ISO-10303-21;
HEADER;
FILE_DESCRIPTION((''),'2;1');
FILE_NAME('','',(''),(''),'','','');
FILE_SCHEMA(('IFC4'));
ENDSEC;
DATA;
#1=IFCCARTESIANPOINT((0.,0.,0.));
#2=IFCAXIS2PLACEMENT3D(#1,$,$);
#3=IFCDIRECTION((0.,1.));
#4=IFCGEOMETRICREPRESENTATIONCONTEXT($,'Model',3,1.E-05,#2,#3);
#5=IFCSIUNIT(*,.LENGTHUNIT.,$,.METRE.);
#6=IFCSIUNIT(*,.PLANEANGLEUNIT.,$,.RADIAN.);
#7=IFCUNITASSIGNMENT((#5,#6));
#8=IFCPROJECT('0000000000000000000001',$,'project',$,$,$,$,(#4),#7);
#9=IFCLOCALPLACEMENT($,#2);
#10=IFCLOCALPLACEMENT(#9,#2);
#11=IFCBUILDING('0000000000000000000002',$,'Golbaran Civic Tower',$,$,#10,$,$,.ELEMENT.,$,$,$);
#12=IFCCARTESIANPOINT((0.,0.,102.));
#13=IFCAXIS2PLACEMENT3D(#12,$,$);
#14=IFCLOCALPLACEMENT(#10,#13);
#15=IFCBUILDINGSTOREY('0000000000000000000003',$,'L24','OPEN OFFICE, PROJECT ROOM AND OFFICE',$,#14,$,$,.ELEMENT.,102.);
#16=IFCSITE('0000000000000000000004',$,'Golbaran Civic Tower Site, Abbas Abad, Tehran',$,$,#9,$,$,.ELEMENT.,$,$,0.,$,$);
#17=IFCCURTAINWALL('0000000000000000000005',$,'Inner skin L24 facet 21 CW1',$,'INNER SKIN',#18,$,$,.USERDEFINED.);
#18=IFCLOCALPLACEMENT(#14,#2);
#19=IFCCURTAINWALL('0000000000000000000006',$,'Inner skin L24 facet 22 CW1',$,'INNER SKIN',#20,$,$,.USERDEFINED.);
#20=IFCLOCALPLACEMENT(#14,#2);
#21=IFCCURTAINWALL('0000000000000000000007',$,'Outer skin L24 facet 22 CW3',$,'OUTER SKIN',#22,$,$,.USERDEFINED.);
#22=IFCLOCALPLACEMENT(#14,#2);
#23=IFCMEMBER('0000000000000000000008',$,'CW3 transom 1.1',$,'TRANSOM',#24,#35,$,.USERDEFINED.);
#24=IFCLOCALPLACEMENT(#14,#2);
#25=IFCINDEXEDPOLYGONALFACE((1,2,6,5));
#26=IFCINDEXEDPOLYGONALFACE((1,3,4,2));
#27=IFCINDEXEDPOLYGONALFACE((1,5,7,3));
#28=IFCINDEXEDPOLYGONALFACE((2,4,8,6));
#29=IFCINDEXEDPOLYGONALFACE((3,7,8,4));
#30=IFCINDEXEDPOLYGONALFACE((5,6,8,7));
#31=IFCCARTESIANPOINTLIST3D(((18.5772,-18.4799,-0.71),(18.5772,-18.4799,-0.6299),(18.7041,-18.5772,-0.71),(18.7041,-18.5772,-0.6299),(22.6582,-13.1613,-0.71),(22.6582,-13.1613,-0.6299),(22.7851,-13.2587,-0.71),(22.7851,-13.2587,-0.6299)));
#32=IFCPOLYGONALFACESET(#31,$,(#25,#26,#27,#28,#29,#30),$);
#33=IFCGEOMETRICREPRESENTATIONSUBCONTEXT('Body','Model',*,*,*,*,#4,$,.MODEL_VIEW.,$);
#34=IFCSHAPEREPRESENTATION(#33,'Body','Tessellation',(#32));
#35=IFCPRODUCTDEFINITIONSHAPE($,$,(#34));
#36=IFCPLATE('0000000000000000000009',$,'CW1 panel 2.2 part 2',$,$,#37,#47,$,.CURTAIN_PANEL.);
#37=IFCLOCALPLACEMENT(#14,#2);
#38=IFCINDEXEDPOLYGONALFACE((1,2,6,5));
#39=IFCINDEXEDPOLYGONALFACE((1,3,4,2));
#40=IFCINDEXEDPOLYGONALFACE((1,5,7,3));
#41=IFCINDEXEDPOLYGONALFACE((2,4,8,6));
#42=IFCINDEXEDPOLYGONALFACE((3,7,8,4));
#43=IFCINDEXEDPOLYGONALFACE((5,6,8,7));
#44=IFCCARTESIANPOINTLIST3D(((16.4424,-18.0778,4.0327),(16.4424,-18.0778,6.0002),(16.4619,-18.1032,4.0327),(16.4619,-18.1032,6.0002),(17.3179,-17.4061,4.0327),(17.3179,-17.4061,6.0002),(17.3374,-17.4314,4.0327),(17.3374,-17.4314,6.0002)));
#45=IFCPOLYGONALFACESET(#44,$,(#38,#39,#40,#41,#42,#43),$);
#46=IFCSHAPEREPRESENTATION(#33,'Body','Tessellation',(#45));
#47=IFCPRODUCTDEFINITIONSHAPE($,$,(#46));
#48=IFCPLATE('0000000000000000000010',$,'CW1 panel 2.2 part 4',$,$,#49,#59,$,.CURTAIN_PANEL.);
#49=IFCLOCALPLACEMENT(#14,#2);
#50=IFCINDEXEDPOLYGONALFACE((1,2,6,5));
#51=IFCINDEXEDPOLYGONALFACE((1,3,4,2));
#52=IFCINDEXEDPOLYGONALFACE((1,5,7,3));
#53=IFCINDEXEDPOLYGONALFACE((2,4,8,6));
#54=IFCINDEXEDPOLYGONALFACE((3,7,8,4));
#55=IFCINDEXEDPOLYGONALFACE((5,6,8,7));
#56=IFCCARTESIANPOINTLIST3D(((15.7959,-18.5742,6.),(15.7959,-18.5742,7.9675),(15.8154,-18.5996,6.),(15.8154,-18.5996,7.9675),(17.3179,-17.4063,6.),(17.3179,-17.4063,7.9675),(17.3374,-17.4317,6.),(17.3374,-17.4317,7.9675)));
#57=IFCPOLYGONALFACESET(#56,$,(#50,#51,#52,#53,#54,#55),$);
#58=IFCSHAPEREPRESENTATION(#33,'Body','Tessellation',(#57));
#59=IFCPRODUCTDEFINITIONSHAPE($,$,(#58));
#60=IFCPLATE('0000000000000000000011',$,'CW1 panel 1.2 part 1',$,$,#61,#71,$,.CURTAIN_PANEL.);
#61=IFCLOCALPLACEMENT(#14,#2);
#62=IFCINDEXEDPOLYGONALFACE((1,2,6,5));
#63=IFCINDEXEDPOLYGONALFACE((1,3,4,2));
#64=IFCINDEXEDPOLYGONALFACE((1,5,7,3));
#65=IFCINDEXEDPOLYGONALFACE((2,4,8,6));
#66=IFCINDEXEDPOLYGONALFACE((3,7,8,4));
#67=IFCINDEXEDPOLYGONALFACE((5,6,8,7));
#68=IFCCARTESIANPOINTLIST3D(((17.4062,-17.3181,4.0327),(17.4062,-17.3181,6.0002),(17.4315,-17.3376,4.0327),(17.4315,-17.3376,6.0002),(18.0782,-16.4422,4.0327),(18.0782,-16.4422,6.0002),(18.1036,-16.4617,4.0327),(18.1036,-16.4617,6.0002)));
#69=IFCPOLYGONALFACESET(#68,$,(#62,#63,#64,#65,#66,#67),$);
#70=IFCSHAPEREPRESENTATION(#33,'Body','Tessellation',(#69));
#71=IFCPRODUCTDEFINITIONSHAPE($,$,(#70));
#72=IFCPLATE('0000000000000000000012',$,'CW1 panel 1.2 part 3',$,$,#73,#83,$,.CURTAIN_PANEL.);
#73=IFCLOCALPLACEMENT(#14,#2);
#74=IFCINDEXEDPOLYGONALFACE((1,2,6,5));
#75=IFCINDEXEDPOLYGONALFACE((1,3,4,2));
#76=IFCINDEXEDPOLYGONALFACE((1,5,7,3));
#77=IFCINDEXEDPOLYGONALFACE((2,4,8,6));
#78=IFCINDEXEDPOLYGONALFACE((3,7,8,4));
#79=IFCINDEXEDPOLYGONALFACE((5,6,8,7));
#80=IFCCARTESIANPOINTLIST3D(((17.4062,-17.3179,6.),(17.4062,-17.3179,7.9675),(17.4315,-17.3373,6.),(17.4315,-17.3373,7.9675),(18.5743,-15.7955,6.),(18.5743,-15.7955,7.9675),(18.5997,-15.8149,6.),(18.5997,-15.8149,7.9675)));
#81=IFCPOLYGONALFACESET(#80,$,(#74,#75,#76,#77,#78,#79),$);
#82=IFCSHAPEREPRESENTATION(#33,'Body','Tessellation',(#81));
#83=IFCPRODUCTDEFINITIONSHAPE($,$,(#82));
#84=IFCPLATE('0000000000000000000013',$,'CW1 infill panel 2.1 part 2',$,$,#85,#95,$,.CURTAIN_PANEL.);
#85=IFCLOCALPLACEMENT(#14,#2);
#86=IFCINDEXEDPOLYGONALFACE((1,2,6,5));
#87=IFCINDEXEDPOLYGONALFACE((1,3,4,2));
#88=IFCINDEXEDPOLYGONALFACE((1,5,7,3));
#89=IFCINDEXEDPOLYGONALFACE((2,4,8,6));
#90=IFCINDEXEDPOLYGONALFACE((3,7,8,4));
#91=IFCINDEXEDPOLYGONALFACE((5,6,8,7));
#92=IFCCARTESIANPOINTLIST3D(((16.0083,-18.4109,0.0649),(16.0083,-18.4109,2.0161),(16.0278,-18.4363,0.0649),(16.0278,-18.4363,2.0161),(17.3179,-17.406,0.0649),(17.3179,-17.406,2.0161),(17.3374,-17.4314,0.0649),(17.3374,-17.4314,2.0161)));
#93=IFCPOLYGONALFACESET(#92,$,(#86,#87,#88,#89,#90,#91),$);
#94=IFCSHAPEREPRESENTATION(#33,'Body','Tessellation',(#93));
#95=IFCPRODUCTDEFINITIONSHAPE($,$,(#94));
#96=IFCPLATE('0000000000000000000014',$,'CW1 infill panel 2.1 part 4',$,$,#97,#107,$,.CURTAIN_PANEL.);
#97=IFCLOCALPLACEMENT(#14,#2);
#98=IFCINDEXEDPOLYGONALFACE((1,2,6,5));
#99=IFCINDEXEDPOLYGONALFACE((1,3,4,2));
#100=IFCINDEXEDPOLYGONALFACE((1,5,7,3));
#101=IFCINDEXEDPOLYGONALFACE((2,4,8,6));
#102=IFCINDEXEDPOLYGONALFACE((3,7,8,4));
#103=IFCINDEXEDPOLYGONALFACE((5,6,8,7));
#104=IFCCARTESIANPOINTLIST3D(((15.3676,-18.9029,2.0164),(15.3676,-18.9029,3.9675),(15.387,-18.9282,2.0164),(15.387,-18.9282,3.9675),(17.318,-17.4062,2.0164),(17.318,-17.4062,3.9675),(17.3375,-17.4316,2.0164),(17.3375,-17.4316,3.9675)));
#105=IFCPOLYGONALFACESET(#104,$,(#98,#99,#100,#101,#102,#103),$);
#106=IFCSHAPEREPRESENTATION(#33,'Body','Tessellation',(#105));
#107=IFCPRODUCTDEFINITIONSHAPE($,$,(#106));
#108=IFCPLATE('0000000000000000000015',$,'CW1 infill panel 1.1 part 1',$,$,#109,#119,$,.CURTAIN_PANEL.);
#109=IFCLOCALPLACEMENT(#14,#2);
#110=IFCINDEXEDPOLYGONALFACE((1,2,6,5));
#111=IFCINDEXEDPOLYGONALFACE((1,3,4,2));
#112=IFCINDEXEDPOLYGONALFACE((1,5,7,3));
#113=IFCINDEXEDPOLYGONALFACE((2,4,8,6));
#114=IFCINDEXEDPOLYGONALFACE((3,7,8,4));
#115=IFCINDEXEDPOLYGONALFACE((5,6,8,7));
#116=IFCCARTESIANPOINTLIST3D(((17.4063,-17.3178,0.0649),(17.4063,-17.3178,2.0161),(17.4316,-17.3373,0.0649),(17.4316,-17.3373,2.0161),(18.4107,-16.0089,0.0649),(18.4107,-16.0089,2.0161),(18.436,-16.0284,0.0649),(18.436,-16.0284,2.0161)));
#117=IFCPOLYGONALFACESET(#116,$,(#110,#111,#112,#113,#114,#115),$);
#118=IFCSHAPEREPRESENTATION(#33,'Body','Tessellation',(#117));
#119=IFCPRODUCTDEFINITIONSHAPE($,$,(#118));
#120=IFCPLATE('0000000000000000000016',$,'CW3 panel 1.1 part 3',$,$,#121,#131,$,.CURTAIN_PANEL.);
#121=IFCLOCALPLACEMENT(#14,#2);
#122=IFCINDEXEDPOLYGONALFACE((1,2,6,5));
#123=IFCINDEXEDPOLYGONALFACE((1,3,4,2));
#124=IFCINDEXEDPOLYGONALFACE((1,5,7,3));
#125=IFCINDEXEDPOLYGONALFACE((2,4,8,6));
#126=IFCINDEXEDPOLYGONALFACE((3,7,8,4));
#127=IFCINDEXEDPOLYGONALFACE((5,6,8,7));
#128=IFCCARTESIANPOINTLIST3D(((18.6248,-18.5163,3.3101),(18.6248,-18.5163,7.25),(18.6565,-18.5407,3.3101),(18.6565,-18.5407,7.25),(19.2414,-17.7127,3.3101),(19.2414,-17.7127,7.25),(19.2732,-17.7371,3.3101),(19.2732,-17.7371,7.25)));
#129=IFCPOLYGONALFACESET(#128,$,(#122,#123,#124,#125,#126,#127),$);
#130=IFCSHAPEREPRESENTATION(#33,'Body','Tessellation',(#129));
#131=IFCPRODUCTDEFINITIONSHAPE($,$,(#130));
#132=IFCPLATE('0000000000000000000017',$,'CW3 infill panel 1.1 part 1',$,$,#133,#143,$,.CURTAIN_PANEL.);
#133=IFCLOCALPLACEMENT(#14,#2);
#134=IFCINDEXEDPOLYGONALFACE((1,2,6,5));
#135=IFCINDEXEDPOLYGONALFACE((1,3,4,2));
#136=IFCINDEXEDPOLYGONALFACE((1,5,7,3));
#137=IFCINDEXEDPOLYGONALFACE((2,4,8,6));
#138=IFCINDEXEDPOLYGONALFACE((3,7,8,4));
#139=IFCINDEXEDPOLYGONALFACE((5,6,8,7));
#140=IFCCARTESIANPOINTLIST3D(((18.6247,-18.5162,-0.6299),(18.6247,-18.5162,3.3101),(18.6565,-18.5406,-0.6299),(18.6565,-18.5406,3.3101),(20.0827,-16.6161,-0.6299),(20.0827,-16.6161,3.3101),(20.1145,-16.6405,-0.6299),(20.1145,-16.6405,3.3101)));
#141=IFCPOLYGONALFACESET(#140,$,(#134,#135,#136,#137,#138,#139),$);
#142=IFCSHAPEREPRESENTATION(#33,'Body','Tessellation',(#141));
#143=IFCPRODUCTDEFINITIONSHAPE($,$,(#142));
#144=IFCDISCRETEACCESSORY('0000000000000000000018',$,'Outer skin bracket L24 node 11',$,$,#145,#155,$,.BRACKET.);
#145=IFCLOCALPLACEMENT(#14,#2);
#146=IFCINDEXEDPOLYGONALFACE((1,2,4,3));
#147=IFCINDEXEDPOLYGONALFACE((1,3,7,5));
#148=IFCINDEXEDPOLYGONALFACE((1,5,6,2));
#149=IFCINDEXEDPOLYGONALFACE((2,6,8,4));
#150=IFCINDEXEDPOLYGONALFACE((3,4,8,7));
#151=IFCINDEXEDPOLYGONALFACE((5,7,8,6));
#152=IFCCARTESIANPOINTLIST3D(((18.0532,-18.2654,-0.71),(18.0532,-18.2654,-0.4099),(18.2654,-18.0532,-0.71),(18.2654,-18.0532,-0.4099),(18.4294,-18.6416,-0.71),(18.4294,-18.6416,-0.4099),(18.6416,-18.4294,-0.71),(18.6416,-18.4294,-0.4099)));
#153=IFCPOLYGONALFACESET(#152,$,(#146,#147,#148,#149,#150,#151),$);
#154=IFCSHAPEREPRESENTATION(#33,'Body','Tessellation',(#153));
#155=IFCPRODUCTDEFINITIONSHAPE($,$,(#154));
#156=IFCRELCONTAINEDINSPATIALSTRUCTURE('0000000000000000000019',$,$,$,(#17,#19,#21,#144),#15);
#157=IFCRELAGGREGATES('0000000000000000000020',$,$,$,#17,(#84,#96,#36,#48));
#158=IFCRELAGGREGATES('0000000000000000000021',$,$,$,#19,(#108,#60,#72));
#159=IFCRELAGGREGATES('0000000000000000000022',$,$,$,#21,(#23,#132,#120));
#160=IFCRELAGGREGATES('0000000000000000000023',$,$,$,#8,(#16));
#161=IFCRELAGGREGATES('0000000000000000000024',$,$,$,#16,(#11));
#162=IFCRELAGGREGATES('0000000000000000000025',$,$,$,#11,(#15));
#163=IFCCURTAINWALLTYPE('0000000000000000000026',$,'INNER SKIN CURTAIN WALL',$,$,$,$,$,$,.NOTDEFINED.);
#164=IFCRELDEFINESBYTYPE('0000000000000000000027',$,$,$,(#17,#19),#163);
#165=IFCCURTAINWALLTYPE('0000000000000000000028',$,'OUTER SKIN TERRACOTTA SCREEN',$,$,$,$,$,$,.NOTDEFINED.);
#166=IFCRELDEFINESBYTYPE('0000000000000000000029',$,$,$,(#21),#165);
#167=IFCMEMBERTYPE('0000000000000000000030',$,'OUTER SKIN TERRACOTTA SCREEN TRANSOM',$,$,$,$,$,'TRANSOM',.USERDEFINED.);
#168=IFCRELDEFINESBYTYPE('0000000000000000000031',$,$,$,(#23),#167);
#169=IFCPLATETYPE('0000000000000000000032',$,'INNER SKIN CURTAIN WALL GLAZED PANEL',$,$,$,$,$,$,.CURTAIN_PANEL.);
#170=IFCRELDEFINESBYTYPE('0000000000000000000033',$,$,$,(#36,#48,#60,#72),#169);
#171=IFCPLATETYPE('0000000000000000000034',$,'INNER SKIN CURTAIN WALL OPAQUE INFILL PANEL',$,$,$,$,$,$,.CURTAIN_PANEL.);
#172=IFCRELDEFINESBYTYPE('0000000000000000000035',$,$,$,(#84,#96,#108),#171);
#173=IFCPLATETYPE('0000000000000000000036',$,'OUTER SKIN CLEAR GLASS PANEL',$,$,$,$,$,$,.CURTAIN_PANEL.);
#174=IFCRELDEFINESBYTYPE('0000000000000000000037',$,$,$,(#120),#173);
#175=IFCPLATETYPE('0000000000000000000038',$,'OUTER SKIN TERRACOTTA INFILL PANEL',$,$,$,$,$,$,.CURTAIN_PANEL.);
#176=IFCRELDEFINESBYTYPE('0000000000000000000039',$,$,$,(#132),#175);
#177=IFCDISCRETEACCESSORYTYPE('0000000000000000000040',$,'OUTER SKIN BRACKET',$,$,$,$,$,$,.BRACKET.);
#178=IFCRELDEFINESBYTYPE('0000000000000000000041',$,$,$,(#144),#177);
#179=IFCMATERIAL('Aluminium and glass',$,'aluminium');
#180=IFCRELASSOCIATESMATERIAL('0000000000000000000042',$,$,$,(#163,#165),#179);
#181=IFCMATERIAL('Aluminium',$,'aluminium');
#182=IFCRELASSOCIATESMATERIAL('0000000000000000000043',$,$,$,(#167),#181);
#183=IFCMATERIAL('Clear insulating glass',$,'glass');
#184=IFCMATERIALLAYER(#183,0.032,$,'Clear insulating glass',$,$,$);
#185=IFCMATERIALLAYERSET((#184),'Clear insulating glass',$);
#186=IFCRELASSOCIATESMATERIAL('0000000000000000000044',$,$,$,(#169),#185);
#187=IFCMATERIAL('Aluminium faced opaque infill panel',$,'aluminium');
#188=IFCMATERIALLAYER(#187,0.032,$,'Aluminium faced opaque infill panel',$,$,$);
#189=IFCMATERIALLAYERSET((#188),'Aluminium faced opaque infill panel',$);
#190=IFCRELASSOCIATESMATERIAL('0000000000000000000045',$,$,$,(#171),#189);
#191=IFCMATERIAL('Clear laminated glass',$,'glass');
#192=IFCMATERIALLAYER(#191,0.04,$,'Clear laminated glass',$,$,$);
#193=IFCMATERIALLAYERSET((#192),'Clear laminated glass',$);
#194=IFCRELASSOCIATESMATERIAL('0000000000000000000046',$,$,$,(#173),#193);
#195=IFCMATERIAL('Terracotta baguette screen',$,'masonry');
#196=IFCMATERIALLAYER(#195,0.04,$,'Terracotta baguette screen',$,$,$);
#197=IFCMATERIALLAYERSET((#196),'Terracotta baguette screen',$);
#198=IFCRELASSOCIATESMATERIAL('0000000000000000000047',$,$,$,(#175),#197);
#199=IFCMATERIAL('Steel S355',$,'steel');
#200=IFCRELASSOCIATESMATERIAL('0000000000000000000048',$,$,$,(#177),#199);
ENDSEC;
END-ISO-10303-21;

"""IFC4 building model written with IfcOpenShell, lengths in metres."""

from ifc_helpers import new_model, si_unit, direction, frame, origin, origin_2d, place, context, subcontext, project, spatial, rectangle, extrude, material, layer, layer_set, material_profile, profile_set, type_object, element, aggregate, save


model = new_model("IFC4")

# Units and contexts
model_context = context("Model", 3, precision=1e-05, world=origin(), true_north=direction((0.0, 1.0)))
body_context = subcontext(model_context, "Body", "Model", "MODEL_VIEW")
ifc_project = project(units=[si_unit("LENGTHUNIT", "METRE"), si_unit("PLANEANGLEUNIT", "RADIAN")], contexts=[model_context])

# Site, building, storey
site_placement = place(None, origin())
site = spatial("IfcSite", under=ifc_project, at=site_placement, Name="Golbaran Civic Tower Site, Abbas Abad, Tehran", CompositionType="ELEMENT", RefElevation=0.0)
building_placement = place(site_placement, origin())
building = spatial("IfcBuilding", under=site, at=building_placement, Name="Golbaran Civic Tower", CompositionType="ELEMENT")
storey_placement = place(building_placement, frame((0.0, 0.0, 102.0)))
storey = spatial("IfcBuildingStorey", under=building, at=storey_placement, Name="L24", Description="OPEN OFFICE, PROJECT ROOM AND OFFICE", CompositionType="ELEMENT", Elevation=102.0)

# Shared definitions
ifc_material_1 = material(Name="Steel S355", Category="steel")

# Curtain wall
ifc_material_2 = material(Name="Aluminium and glass", Category="aluminium")
curtain_wall_type_1 = type_object("IfcCurtainWallType", Name="INNER SKIN CURTAIN WALL", PredefinedType="NOTDEFINED", material=ifc_material_2)
curtain_wall_1_placement = place(storey_placement, origin())
curtain_wall_1 = element("IfcCurtainWall", 1, at=curtain_wall_1_placement, inside=storey, type_object=curtain_wall_type_1, Name="Inner skin L24 facet 21 CW1", ObjectType="INNER SKIN", PredefinedType="USERDEFINED")
ifc_material_3 = material(Name="Aluminium", Category="aluminium")

# Curtain wall
curtain_wall_2_placement = place(storey_placement, origin())
curtain_wall_2 = element("IfcCurtainWall", 2, at=curtain_wall_2_placement, inside=storey, type_object=curtain_wall_type_1, Name="Inner skin L24 facet 22 CW1", ObjectType="INNER SKIN", PredefinedType="USERDEFINED")

# Shared definitions
curtain_wall_type_2 = type_object("IfcCurtainWallType", Name="OUTER SKIN TERRACOTTA SCREEN", PredefinedType="NOTDEFINED", material=ifc_material_2)

# Curtain wall, member
curtain_wall_3_placement = place(storey_placement, origin())
curtain_wall_3 = element("IfcCurtainWall", 3, at=curtain_wall_3_placement, inside=storey, type_object=curtain_wall_type_2, Name="Outer skin L24 facet 22 CW3", ObjectType="OUTER SKIN", PredefinedType="USERDEFINED")
ifc_material_profile_1 = material_profile(ifc_material_3, rectangle(XDim=0.1599, YDim=0.0801, at=origin_2d()), Name="OUTER SKIN TERRACOTTA SCREEN TRANSOM")
ifc_profile_set_1 = profile_set([ifc_material_profile_1], Name="Aluminium")
member_type_1 = type_object("IfcMemberType", Name="OUTER SKIN TERRACOTTA SCREEN TRANSOM", ElementType="TRANSOM", PredefinedType="USERDEFINED", material=ifc_profile_set_1)
member_1_placement = place(storey_placement, frame((18.6406, -18.5286, -0.6699), z_axis=(0.608756, 0.793357, 0.0), x_axis=(-0.793357, 0.608756, 0.0)))
member_1 = element("IfcMember", 4, at=member_1_placement, type_object=member_type_1, Name="CW3 transom 1.1", ObjectType="TRANSOM", PredefinedType="USERDEFINED", context=body_context, shape_type="SweptSolid", body=[
    extrude(rectangle(XDim=0.1599, YDim=0.0801, at=origin_2d()), origin(), (0.0, 0.0, 1.0), 6.7039),
])

# Plates
ifc_material_4 = material(Name="Clear insulating glass", Category="glass")
ifc_layer_1 = layer(ifc_material_4, 0.032, Name="Clear insulating glass")
ifc_layer_set_1 = layer_set([ifc_layer_1], Name="Clear insulating glass")
plate_type_1 = type_object("IfcPlateType", Name="INNER SKIN CURTAIN WALL GLAZED PANEL", PredefinedType="CURTAIN_PANEL", material=ifc_layer_set_1)
plate_1_placement = place(storey_placement, frame((16.8899, -17.7546, 4.0327), z_axis=(0.0, 0.0, 1.0), x_axis=(0.793353, 0.608761, 0.0)))
plate_1 = element("IfcPlate", 5, at=plate_1_placement, type_object=plate_type_1, Name="CW1 panel 2.2 part 2", PredefinedType="CURTAIN_PANEL", context=body_context, shape_type="SweptSolid", body=[
    extrude(rectangle(XDim=1.1035, YDim=0.032, at=origin_2d()), origin(), (0.0, 0.0, 1.0), 1.9675),
])
plate_2_placement = place(storey_placement, frame((16.5667, -18.0029, 6.0), z_axis=(0.0, 0.0, 1.0), x_axis=(0.793353, 0.608761, 0.0)))
plate_2 = element("IfcPlate", 6, at=plate_2_placement, type_object=plate_type_1, Name="CW1 panel 2.2 part 4", PredefinedType="CURTAIN_PANEL", context=body_context, shape_type="SweptSolid", body=[
    extrude(rectangle(XDim=1.9185, YDim=0.032, at=origin_2d()), origin(), (0.0, 0.0, 1.0), 1.9675),
])
plate_3_placement = place(storey_placement, frame((17.7549, -16.8899, 4.0327), z_axis=(0.0, 0.0, 1.0), x_axis=(0.608761, 0.793353, 0.0)))
plate_3 = element("IfcPlate", 7, at=plate_3_placement, type_object=plate_type_1, Name="CW1 panel 1.2 part 1", PredefinedType="CURTAIN_PANEL", context=body_context, shape_type="SweptSolid", body=[
    extrude(rectangle(XDim=1.104, YDim=0.032, at=origin_2d()), origin(), (0.0, 0.0, 1.0), 1.9675),
])
plate_4_placement = place(storey_placement, frame((18.0029, -16.5664, 6.0), z_axis=(0.0, 0.0, 1.0), x_axis=(0.608761, 0.793353, 0.0)))
plate_4 = element("IfcPlate", 8, at=plate_4_placement, type_object=plate_type_1, Name="CW1 panel 1.2 part 3", PredefinedType="CURTAIN_PANEL", context=body_context, shape_type="SweptSolid", body=[
    extrude(rectangle(XDim=1.9189, YDim=0.032, at=origin_2d()), origin(), (0.0, 0.0, 1.0), 1.9675),
])
ifc_material_5 = material(Name="Aluminium faced opaque infill panel", Category="aluminium")
ifc_layer_2 = layer(ifc_material_5, 0.032, Name="Aluminium faced opaque infill panel")
ifc_layer_set_2 = layer_set([ifc_layer_2], Name="Aluminium faced opaque infill panel")
plate_type_2 = type_object("IfcPlateType", Name="INNER SKIN CURTAIN WALL OPAQUE INFILL PANEL", PredefinedType="CURTAIN_PANEL", material=ifc_layer_set_2)
plate_5_placement = place(storey_placement, frame((16.6729, -17.9211, 0.0649), z_axis=(0.0, 0.0, 1.0), x_axis=(0.793353, 0.608761, 0.0)))
plate_5 = element("IfcPlate", 9, at=plate_5_placement, type_object=plate_type_2, Name="CW1 infill panel 2.1 part 2", PredefinedType="CURTAIN_PANEL", context=body_context, shape_type="SweptSolid", body=[
    extrude(rectangle(XDim=1.6506, YDim=0.032, at=origin_2d()), origin(), (0.0, 0.0, 1.0), 1.9512),
])
plate_6_placement = place(storey_placement, frame((16.3525, -18.1672, 2.0164), z_axis=(0.0, 0.0, 1.0), x_axis=(0.793353, 0.608761, 0.0)))
plate_6 = element("IfcPlate", 10, at=plate_6_placement, type_object=plate_type_2, Name="CW1 infill panel 2.1 part 4", PredefinedType="CURTAIN_PANEL", context=body_context, shape_type="SweptSolid", body=[
    extrude(rectangle(XDim=2.4585, YDim=0.032, at=origin_2d()), origin(), (0.0, 0.0, 1.0), 1.9512),
])
aggregate(curtain_wall_1, [plate_5, plate_6, plate_1, plate_2])
plate_7_placement = place(storey_placement, frame((17.9211, -16.6731, 0.0649), z_axis=(0.0, 0.0, 1.0), x_axis=(0.608761, 0.793353, 0.0)))
plate_7 = element("IfcPlate", 11, at=plate_7_placement, type_object=plate_type_2, Name="CW1 infill panel 1.1 part 1", PredefinedType="CURTAIN_PANEL", context=body_context, shape_type="SweptSolid", body=[
    extrude(rectangle(XDim=1.6499, YDim=0.032, at=origin_2d()), origin(), (0.0, 0.0, 1.0), 1.9512),
])
aggregate(curtain_wall_2, [plate_7, plate_3, plate_4])
ifc_material_6 = material(Name="Clear laminated glass", Category="glass")
ifc_layer_3 = layer(ifc_material_6, 0.04, Name="Clear laminated glass")
ifc_layer_set_3 = layer_set([ifc_layer_3], Name="Clear laminated glass")
plate_type_3 = type_object("IfcPlateType", Name="OUTER SKIN CLEAR GLASS PANEL", PredefinedType="CURTAIN_PANEL", material=ifc_layer_set_3)
plate_8_placement = place(storey_placement, frame((18.949, -18.1267, 3.3101), z_axis=(0.0, 0.0, 1.0), x_axis=(0.608761, 0.793353, 0.0)))
plate_8 = element("IfcPlate", 12, at=plate_8_placement, type_object=plate_type_3, Name="CW3 panel 1.1 part 3", PredefinedType="CURTAIN_PANEL", context=body_context, shape_type="SweptSolid", body=[
    extrude(rectangle(XDim=1.0129, YDim=0.04, at=origin_2d()), origin(), (0.0, 0.0, 1.0), 3.9399),
])
ifc_material_7 = material(Name="Terracotta baguette screen", Category="masonry")
ifc_layer_4 = layer(ifc_material_7, 0.04, Name="Terracotta baguette screen")
ifc_layer_set_4 = layer_set([ifc_layer_4], Name="Terracotta baguette screen")
plate_type_4 = type_object("IfcPlateType", Name="OUTER SKIN TERRACOTTA INFILL PANEL", PredefinedType="CURTAIN_PANEL", material=ifc_layer_set_4)
plate_9_placement = place(storey_placement, frame((19.3696, -17.5784, -0.6299), z_axis=(0.0, 0.0, 1.0), x_axis=(0.608761, 0.793353, 0.0)))
plate_9 = element("IfcPlate", 13, at=plate_9_placement, type_object=plate_type_4, Name="CW3 infill panel 1.1 part 1", PredefinedType="CURTAIN_PANEL", context=body_context, shape_type="SweptSolid", body=[
    extrude(rectangle(XDim=2.395, YDim=0.04, at=origin_2d()), origin(), (0.0, 0.0, 1.0), 3.9399),
])
aggregate(curtain_wall_3, [member_1, plate_9, plate_8])

# Discrete accessory
discrete_accessory_type = type_object("IfcDiscreteAccessoryType", Name="OUTER SKIN BRACKET", PredefinedType="BRACKET", material=ifc_material_1)
discrete_accessory_placement = place(storey_placement, frame((18.3474, -18.3474, -0.71), z_axis=(0.0, 0.0, 1.0), x_axis=(0.707107, -0.707107, 0.0)))
element("IfcDiscreteAccessory", 14, at=discrete_accessory_placement, inside=storey, type_object=discrete_accessory_type, Name="Outer skin bracket L24 node 11", PredefinedType="BRACKET", context=body_context, shape_type="SweptSolid", body=[
    extrude(rectangle(XDim=0.532, YDim=0.3, at=origin_2d()), origin(), (0.0, 0.0, 1.0), 0.3),
])

save(model, "model.ifc")
